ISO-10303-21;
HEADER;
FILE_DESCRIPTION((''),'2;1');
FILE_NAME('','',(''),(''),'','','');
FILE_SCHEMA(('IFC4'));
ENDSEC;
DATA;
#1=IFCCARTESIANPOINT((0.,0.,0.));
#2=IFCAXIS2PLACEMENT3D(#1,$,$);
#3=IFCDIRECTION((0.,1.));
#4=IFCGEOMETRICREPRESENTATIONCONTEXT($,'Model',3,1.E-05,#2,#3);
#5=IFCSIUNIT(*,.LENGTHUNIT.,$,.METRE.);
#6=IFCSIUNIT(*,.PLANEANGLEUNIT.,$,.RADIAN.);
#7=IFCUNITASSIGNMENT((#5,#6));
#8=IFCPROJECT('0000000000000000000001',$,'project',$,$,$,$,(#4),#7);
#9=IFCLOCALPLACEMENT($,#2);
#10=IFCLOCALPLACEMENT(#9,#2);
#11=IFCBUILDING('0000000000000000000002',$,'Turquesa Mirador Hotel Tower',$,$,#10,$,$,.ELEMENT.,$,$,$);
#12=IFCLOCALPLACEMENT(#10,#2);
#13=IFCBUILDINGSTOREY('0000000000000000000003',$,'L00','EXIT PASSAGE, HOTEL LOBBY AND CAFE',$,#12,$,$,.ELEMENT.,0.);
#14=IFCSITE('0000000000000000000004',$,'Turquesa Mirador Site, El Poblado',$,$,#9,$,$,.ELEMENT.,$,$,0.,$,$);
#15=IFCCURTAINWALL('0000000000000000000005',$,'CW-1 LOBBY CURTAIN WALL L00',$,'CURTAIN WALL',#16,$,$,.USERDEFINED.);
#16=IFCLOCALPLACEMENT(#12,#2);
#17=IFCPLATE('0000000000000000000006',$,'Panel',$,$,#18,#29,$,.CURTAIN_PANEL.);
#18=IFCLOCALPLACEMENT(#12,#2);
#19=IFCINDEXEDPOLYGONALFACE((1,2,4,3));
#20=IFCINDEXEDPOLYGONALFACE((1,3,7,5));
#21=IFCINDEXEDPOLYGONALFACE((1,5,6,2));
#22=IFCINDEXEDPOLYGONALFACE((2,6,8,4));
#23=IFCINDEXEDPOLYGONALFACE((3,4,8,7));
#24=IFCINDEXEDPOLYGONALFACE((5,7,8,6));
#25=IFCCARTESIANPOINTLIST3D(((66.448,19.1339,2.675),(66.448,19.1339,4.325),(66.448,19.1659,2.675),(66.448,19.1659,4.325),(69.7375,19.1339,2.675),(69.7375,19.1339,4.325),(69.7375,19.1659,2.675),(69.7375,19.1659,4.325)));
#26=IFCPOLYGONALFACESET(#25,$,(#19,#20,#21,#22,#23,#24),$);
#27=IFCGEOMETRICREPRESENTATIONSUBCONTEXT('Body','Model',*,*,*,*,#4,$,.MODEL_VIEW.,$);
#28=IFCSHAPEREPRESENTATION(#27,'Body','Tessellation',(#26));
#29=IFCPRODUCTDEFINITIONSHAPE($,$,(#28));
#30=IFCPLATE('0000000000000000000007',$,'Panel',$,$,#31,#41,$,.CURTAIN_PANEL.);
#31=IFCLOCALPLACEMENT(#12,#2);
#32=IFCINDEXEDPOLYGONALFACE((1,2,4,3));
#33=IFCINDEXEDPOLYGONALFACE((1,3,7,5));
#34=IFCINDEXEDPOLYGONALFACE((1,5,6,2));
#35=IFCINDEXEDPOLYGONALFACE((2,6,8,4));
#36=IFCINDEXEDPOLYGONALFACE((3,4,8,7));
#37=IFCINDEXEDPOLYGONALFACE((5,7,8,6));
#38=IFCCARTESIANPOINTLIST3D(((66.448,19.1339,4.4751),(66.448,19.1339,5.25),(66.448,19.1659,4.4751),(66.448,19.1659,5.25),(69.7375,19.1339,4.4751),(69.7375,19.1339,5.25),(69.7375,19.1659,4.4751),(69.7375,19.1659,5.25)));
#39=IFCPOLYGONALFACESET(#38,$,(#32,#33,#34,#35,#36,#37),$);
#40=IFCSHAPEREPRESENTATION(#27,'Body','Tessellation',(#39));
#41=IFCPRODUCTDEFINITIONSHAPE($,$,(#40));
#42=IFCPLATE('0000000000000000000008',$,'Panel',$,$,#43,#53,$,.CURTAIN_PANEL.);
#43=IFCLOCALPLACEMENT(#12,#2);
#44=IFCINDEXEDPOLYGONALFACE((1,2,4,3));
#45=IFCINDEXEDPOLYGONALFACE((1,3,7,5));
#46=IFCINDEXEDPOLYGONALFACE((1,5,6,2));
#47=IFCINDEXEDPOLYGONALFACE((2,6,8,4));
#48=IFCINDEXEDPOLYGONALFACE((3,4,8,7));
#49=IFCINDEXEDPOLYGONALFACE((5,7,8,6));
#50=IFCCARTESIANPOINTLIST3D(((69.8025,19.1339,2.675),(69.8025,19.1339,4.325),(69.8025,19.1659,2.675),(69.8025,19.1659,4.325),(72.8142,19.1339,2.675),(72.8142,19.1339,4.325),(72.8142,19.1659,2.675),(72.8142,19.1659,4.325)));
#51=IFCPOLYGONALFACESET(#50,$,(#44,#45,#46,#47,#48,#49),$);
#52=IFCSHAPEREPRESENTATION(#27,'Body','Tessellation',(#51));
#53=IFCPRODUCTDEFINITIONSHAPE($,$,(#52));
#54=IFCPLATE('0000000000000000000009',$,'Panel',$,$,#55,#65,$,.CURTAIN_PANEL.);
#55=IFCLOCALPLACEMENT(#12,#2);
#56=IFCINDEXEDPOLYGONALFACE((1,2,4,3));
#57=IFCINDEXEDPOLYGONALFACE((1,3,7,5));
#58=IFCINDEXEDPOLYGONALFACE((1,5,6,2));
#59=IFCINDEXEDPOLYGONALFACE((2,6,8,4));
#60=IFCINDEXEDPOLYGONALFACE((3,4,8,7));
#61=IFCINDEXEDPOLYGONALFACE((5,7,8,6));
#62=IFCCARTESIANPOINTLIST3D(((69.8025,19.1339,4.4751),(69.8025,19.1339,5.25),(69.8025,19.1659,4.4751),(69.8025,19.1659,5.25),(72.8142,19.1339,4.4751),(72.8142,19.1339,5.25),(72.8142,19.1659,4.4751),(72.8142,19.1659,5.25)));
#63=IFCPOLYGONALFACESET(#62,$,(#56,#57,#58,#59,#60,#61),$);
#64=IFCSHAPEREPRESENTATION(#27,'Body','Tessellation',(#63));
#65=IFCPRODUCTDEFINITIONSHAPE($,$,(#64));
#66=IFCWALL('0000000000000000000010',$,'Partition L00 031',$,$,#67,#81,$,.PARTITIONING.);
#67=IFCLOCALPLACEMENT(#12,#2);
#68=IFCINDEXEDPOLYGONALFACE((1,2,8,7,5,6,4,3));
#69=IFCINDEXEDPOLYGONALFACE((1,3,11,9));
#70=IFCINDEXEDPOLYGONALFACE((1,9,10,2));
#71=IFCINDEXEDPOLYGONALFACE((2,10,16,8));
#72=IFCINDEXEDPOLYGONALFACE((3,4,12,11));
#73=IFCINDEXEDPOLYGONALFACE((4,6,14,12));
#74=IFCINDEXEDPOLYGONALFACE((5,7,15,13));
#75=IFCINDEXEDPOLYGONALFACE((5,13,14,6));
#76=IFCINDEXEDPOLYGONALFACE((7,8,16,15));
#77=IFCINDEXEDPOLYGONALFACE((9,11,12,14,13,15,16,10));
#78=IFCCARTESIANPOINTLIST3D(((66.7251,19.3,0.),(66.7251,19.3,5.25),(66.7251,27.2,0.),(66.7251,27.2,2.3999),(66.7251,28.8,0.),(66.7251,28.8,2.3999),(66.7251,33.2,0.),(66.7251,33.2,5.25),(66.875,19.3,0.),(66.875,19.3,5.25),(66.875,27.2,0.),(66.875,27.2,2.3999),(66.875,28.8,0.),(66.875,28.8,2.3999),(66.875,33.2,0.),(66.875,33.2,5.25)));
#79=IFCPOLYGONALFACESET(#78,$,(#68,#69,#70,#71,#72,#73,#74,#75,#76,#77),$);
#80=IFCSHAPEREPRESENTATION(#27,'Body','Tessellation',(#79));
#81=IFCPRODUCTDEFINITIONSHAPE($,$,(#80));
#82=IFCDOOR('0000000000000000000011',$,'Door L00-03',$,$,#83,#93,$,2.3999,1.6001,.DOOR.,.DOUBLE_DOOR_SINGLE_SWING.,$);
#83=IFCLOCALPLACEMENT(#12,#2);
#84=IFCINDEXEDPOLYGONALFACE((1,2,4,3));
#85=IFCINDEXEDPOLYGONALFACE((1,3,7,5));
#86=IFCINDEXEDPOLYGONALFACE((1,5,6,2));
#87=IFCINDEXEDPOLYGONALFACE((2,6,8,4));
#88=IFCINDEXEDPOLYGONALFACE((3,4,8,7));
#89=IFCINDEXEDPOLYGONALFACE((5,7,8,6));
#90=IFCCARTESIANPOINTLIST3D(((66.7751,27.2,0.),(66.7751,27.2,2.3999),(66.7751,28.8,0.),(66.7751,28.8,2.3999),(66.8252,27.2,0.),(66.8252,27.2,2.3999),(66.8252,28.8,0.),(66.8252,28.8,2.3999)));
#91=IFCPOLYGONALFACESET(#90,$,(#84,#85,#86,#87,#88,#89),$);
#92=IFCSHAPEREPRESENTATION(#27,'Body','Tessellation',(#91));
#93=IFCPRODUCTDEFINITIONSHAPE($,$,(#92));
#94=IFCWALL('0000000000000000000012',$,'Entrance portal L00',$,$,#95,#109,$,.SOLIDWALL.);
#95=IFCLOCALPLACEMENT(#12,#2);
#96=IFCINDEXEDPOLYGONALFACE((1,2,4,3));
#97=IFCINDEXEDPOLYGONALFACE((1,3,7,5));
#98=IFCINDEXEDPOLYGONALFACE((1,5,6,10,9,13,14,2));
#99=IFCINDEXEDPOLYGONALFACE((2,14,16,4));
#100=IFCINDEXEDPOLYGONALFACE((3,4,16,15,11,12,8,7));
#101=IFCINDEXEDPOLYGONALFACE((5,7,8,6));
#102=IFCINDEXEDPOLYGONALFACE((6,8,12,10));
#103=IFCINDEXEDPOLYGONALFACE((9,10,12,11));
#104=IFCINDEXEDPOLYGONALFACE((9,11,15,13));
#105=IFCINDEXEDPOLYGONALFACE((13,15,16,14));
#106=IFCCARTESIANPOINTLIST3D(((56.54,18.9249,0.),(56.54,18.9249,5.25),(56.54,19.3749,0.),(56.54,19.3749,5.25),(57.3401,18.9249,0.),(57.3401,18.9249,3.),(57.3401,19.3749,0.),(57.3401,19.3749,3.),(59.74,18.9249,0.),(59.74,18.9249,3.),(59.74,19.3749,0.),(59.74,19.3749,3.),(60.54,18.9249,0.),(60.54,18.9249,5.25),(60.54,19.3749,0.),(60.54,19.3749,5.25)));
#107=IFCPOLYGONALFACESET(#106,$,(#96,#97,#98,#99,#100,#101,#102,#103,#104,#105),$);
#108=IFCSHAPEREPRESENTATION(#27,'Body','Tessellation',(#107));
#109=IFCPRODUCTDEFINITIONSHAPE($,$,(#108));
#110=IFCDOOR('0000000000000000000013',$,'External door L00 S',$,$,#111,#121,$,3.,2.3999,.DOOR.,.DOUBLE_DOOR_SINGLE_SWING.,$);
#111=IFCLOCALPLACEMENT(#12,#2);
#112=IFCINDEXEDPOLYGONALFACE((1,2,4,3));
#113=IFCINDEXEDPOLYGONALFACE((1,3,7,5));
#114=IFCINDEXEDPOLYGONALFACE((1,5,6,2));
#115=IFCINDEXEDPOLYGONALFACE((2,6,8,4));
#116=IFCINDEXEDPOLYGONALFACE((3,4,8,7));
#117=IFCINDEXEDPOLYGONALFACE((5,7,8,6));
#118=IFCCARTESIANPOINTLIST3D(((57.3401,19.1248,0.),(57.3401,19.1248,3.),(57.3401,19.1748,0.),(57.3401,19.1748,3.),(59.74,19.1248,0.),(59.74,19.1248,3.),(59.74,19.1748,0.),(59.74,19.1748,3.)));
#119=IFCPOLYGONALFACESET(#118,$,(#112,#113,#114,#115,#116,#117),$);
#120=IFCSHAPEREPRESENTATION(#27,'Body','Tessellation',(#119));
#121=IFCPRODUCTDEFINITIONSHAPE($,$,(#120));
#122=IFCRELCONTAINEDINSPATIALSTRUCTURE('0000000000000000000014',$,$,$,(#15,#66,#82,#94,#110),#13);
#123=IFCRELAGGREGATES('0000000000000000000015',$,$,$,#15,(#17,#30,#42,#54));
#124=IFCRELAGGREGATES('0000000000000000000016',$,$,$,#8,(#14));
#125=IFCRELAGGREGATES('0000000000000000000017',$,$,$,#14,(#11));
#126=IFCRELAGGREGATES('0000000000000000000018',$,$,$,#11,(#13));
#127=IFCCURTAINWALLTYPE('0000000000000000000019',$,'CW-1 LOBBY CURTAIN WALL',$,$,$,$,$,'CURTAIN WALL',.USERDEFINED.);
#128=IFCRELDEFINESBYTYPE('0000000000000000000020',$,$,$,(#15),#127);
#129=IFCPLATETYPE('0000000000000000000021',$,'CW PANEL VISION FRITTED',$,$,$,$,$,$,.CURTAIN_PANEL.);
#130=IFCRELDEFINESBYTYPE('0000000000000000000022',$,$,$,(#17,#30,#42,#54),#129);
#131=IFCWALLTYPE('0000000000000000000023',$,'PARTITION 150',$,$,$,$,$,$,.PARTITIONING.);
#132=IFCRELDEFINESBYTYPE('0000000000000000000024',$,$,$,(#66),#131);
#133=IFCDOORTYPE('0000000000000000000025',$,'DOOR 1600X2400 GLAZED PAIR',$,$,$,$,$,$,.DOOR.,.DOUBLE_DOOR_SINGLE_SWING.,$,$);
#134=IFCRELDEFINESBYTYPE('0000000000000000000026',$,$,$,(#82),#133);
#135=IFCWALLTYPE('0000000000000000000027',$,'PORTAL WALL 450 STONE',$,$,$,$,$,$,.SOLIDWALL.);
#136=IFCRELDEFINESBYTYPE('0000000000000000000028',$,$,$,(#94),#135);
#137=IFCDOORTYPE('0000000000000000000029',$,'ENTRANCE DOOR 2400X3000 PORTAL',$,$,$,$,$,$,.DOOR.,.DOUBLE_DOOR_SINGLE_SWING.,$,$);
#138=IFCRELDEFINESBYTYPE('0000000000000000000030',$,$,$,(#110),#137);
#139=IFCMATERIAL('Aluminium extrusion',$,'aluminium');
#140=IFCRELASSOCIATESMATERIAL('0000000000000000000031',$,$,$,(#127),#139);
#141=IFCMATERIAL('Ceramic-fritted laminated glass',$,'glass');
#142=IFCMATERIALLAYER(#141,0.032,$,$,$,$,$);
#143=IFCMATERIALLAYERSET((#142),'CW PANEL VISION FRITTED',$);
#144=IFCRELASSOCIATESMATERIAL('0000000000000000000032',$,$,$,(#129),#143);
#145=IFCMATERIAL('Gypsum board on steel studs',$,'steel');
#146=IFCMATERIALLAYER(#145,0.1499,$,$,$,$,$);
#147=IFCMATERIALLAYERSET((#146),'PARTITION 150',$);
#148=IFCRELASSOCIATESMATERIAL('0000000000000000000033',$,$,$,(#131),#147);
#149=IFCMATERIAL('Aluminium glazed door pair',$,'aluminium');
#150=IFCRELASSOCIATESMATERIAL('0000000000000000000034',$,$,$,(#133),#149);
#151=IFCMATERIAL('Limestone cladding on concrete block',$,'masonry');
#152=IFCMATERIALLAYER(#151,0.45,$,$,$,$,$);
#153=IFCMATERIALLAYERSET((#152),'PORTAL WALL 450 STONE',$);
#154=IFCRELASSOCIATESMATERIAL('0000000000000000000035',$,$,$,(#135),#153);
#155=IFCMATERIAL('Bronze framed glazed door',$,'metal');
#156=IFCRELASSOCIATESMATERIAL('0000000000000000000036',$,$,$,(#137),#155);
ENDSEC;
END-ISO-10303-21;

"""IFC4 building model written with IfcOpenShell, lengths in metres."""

from ifc_helpers import new_model, si_unit, direction, frame, frame_2d, origin, origin_2d, place, context, subcontext, project, spatial, rectangle, extrude, material, layer, layer_set, type_object, element, fill, aggregate, save


model = new_model("IFC4")

# Units and contexts
model_context = context("Model", 3, precision=1e-05, world=origin(), true_north=direction((0.0, 1.0)))
body_context = subcontext(model_context, "Body", "Model", "MODEL_VIEW")
ifc_project = project(units=[si_unit("LENGTHUNIT", "METRE"), si_unit("PLANEANGLEUNIT", "RADIAN")], contexts=[model_context])

# Site, building, storey
site_placement = place(None, origin())
site = spatial("IfcSite", under=ifc_project, at=site_placement, Name="Turquesa Mirador Site, El Poblado", CompositionType="ELEMENT", RefElevation=0.0)
building_placement = place(site_placement, origin())
building = spatial("IfcBuilding", under=site, at=building_placement, Name="Turquesa Mirador Hotel Tower", CompositionType="ELEMENT")
storey_placement = place(building_placement, origin())
storey = spatial("IfcBuildingStorey", under=building, at=storey_placement, Name="L00", Description="EXIT PASSAGE, HOTEL LOBBY AND CAFE", CompositionType="ELEMENT", Elevation=0.0)

# Curtain wall
ifc_material_1 = material(Name="Aluminium extrusion", Category="aluminium")
curtain_wall_type = type_object("IfcCurtainWallType", Name="CW-1 LOBBY CURTAIN WALL", ElementType="CURTAIN WALL", PredefinedType="USERDEFINED", material=ifc_material_1)
curtain_wall_1_placement = place(storey_placement, origin())
curtain_wall_1 = element("IfcCurtainWall", 1, at=curtain_wall_1_placement, inside=storey, type_object=curtain_wall_type, Name="CW-1 LOBBY CURTAIN WALL L00", ObjectType="CURTAIN WALL", PredefinedType="USERDEFINED")

# Plates
ifc_material_2 = material(Name="Ceramic-fritted laminated glass", Category="glass")
ifc_layer_1 = layer(ifc_material_2, 0.032)
ifc_layer_set_1 = layer_set([ifc_layer_1], Name="CW PANEL VISION FRITTED")
plate_type_1 = type_object("IfcPlateType", Name="CW PANEL VISION FRITTED", PredefinedType="CURTAIN_PANEL", material=ifc_layer_set_1)
plate_1_placement = place(storey_placement, frame((68.0928, 19.1499, 2.675), z_axis=(0.0, 0.0, 1.0), x_axis=(1.0, 0.0, 0.0)))
plate_1 = element("IfcPlate", 2, at=plate_1_placement, type_object=plate_type_1, Name="Panel", PredefinedType="CURTAIN_PANEL", context=body_context, shape_type="SweptSolid", body=[
    extrude(rectangle(XDim=3.2896, YDim=0.032, at=origin_2d()), origin(), (0.0, 0.0, 1.0), 1.6499),
])
plate_2_placement = place(storey_placement, frame((68.0928, 19.1499, 4.4751), z_axis=(0.0, 0.0, 1.0), x_axis=(1.0, 0.0, 0.0)))
plate_2 = element("IfcPlate", 3, at=plate_2_placement, type_object=plate_type_1, Name="Panel", PredefinedType="CURTAIN_PANEL", context=body_context, shape_type="SweptSolid", body=[
    extrude(rectangle(XDim=3.2896, YDim=0.032, at=origin_2d()), origin(), (0.0, 0.0, 1.0), 0.7749),
])
plate_3_placement = place(storey_placement, frame((71.3083, 19.1499, 2.675), z_axis=(0.0, 0.0, 1.0), x_axis=(1.0, 0.0, 0.0)))
plate_3 = element("IfcPlate", 4, at=plate_3_placement, type_object=plate_type_1, Name="Panel", PredefinedType="CURTAIN_PANEL", context=body_context, shape_type="SweptSolid", body=[
    extrude(rectangle(XDim=3.0117, YDim=0.032, at=origin_2d()), origin(), (0.0, 0.0, 1.0), 1.6499),
])
plate_4_placement = place(storey_placement, frame((71.3083, 19.1499, 4.4751), z_axis=(0.0, 0.0, 1.0), x_axis=(1.0, 0.0, 0.0)))
plate_4 = element("IfcPlate", 5, at=plate_4_placement, type_object=plate_type_1, Name="Panel", PredefinedType="CURTAIN_PANEL", context=body_context, shape_type="SweptSolid", body=[
    extrude(rectangle(XDim=3.0117, YDim=0.032, at=origin_2d()), origin(), (0.0, 0.0, 1.0), 0.7749),
])
aggregate(curtain_wall_1, [plate_1, plate_2, plate_3, plate_4])

# Walls, openings, doors
ifc_material_3 = material(Name="Gypsum board on steel studs", Category="steel")
ifc_layer_2 = layer(ifc_material_3, 0.1499)
ifc_layer_set_2 = layer_set([ifc_layer_2], Name="PARTITION 150")
wall_type_1 = type_object("IfcWallType", Name="PARTITION 150", PredefinedType="PARTITIONING", material=ifc_layer_set_2)
wall_1_placement = place(storey_placement, frame((66.8, 19.3, 0.0), z_axis=(0.0, 0.0, 1.0), x_axis=(0.0, 1.0, 0.0)))
wall_1 = element("IfcWall", 6, at=wall_1_placement, inside=storey, type_object=wall_type_1, Name="Partition L00 031", PredefinedType="PARTITIONING", context=body_context, shape_type="SweptSolid", body=[
    extrude(rectangle(XDim=13.8999, YDim=0.1499, at=frame_2d((6.95, 0.0))), origin(), (0.0, 0.0, 1.0), 5.25),
])
opening_1_placement = place(wall_1_placement, frame((7.8999, 0.0, 0.0)))
opening_1 = element("IfcOpeningElement", 7, at=opening_1_placement, cuts=wall_1, PredefinedType="OPENING", context=body_context, shape_type="SweptSolid", body=[
    extrude(rectangle(XDim=1.6001, YDim=2.3999, at=frame_2d((0.8, 1.2))), frame((0.0, 0.085, 0.0), z_axis=(0.0, -1.0, 0.0), x_axis=(1.0, 0.0, 0.0)), (0.0, 0.0, 1.0), 0.1699),
])
ifc_material_4 = material(Name="Aluminium glazed door pair", Category="aluminium")
door_type_1 = type_object("IfcDoorType", Name="DOOR 1600X2400 GLAZED PAIR", OperationType="DOUBLE_DOOR_SINGLE_SWING", PredefinedType="DOOR", material=ifc_material_4)
door_1_placement = place(opening_1_placement, origin())
door_1 = element("IfcDoor", 8, at=door_1_placement, inside=storey, type_object=door_type_1, Name="Door L00-03", OperationType="DOUBLE_DOOR_SINGLE_SWING", OverallHeight=2.3999, OverallWidth=1.6001, PredefinedType="DOOR", context=body_context, shape_type="SweptSolid", body=[
    extrude(rectangle(XDim=1.6001, YDim=2.3999, at=frame_2d((0.8, 1.2))), frame((0.0, 0.0249, 0.0), z_axis=(0.0, -1.0, 0.0), x_axis=(1.0, 0.0, 0.0)), (0.0, 0.0, 1.0), 0.05),
])
fill(opening_1, door_1)
ifc_material_5 = material(Name="Limestone cladding on concrete block", Category="masonry")
ifc_layer_3 = layer(ifc_material_5, 0.45)
ifc_layer_set_3 = layer_set([ifc_layer_3], Name="PORTAL WALL 450 STONE")
wall_type_2 = type_object("IfcWallType", Name="PORTAL WALL 450 STONE", PredefinedType="SOLIDWALL", material=ifc_layer_set_3)
wall_2_placement = place(storey_placement, frame((56.54, 19.1499, 0.0), z_axis=(0.0, 0.0, 1.0), x_axis=(1.0, 0.0, 0.0)))
wall_2 = element("IfcWall", 9, at=wall_2_placement, inside=storey, type_object=wall_type_2, Name="Entrance portal L00", PredefinedType="SOLIDWALL", context=body_context, shape_type="SweptSolid", body=[
    extrude(rectangle(XDim=4.0, YDim=0.45, at=frame_2d((2.0, 0.0))), origin(), (0.0, 0.0, 1.0), 5.25),
])
opening_2_placement = place(wall_2_placement, frame((0.8, 0.0, 0.0)))
opening_2 = element("IfcOpeningElement", 10, at=opening_2_placement, cuts=wall_2, PredefinedType="OPENING", context=body_context, shape_type="SweptSolid", body=[
    extrude(rectangle(XDim=2.3999, YDim=3.0, at=frame_2d((1.2, 1.5))), frame((0.0, 0.2349, 0.0), z_axis=(0.0, -1.0, 0.0), x_axis=(1.0, 0.0, 0.0)), (0.0, 0.0, 1.0), 0.47),
])
ifc_material_6 = material(Name="Bronze framed glazed door", Category="metal")
door_type_2 = type_object("IfcDoorType", Name="ENTRANCE DOOR 2400X3000 PORTAL", OperationType="DOUBLE_DOOR_SINGLE_SWING", PredefinedType="DOOR", material=ifc_material_6)
door_2_placement = place(opening_2_placement, origin())
door_2 = element("IfcDoor", 11, at=door_2_placement, inside=storey, type_object=door_type_2, Name="External door L00 S", OperationType="DOUBLE_DOOR_SINGLE_SWING", OverallHeight=3.0, OverallWidth=2.3999, PredefinedType="DOOR", context=body_context, shape_type="SweptSolid", body=[
    extrude(rectangle(XDim=2.3999, YDim=3.0, at=frame_2d((1.2, 1.5))), frame((0.0, 0.0249, 0.0), z_axis=(0.0, -1.0, 0.0), x_axis=(1.0, 0.0, 0.0)), (0.0, 0.0, 1.0), 0.05),
])
fill(opening_2, door_2)

save(model, "model.ifc")
